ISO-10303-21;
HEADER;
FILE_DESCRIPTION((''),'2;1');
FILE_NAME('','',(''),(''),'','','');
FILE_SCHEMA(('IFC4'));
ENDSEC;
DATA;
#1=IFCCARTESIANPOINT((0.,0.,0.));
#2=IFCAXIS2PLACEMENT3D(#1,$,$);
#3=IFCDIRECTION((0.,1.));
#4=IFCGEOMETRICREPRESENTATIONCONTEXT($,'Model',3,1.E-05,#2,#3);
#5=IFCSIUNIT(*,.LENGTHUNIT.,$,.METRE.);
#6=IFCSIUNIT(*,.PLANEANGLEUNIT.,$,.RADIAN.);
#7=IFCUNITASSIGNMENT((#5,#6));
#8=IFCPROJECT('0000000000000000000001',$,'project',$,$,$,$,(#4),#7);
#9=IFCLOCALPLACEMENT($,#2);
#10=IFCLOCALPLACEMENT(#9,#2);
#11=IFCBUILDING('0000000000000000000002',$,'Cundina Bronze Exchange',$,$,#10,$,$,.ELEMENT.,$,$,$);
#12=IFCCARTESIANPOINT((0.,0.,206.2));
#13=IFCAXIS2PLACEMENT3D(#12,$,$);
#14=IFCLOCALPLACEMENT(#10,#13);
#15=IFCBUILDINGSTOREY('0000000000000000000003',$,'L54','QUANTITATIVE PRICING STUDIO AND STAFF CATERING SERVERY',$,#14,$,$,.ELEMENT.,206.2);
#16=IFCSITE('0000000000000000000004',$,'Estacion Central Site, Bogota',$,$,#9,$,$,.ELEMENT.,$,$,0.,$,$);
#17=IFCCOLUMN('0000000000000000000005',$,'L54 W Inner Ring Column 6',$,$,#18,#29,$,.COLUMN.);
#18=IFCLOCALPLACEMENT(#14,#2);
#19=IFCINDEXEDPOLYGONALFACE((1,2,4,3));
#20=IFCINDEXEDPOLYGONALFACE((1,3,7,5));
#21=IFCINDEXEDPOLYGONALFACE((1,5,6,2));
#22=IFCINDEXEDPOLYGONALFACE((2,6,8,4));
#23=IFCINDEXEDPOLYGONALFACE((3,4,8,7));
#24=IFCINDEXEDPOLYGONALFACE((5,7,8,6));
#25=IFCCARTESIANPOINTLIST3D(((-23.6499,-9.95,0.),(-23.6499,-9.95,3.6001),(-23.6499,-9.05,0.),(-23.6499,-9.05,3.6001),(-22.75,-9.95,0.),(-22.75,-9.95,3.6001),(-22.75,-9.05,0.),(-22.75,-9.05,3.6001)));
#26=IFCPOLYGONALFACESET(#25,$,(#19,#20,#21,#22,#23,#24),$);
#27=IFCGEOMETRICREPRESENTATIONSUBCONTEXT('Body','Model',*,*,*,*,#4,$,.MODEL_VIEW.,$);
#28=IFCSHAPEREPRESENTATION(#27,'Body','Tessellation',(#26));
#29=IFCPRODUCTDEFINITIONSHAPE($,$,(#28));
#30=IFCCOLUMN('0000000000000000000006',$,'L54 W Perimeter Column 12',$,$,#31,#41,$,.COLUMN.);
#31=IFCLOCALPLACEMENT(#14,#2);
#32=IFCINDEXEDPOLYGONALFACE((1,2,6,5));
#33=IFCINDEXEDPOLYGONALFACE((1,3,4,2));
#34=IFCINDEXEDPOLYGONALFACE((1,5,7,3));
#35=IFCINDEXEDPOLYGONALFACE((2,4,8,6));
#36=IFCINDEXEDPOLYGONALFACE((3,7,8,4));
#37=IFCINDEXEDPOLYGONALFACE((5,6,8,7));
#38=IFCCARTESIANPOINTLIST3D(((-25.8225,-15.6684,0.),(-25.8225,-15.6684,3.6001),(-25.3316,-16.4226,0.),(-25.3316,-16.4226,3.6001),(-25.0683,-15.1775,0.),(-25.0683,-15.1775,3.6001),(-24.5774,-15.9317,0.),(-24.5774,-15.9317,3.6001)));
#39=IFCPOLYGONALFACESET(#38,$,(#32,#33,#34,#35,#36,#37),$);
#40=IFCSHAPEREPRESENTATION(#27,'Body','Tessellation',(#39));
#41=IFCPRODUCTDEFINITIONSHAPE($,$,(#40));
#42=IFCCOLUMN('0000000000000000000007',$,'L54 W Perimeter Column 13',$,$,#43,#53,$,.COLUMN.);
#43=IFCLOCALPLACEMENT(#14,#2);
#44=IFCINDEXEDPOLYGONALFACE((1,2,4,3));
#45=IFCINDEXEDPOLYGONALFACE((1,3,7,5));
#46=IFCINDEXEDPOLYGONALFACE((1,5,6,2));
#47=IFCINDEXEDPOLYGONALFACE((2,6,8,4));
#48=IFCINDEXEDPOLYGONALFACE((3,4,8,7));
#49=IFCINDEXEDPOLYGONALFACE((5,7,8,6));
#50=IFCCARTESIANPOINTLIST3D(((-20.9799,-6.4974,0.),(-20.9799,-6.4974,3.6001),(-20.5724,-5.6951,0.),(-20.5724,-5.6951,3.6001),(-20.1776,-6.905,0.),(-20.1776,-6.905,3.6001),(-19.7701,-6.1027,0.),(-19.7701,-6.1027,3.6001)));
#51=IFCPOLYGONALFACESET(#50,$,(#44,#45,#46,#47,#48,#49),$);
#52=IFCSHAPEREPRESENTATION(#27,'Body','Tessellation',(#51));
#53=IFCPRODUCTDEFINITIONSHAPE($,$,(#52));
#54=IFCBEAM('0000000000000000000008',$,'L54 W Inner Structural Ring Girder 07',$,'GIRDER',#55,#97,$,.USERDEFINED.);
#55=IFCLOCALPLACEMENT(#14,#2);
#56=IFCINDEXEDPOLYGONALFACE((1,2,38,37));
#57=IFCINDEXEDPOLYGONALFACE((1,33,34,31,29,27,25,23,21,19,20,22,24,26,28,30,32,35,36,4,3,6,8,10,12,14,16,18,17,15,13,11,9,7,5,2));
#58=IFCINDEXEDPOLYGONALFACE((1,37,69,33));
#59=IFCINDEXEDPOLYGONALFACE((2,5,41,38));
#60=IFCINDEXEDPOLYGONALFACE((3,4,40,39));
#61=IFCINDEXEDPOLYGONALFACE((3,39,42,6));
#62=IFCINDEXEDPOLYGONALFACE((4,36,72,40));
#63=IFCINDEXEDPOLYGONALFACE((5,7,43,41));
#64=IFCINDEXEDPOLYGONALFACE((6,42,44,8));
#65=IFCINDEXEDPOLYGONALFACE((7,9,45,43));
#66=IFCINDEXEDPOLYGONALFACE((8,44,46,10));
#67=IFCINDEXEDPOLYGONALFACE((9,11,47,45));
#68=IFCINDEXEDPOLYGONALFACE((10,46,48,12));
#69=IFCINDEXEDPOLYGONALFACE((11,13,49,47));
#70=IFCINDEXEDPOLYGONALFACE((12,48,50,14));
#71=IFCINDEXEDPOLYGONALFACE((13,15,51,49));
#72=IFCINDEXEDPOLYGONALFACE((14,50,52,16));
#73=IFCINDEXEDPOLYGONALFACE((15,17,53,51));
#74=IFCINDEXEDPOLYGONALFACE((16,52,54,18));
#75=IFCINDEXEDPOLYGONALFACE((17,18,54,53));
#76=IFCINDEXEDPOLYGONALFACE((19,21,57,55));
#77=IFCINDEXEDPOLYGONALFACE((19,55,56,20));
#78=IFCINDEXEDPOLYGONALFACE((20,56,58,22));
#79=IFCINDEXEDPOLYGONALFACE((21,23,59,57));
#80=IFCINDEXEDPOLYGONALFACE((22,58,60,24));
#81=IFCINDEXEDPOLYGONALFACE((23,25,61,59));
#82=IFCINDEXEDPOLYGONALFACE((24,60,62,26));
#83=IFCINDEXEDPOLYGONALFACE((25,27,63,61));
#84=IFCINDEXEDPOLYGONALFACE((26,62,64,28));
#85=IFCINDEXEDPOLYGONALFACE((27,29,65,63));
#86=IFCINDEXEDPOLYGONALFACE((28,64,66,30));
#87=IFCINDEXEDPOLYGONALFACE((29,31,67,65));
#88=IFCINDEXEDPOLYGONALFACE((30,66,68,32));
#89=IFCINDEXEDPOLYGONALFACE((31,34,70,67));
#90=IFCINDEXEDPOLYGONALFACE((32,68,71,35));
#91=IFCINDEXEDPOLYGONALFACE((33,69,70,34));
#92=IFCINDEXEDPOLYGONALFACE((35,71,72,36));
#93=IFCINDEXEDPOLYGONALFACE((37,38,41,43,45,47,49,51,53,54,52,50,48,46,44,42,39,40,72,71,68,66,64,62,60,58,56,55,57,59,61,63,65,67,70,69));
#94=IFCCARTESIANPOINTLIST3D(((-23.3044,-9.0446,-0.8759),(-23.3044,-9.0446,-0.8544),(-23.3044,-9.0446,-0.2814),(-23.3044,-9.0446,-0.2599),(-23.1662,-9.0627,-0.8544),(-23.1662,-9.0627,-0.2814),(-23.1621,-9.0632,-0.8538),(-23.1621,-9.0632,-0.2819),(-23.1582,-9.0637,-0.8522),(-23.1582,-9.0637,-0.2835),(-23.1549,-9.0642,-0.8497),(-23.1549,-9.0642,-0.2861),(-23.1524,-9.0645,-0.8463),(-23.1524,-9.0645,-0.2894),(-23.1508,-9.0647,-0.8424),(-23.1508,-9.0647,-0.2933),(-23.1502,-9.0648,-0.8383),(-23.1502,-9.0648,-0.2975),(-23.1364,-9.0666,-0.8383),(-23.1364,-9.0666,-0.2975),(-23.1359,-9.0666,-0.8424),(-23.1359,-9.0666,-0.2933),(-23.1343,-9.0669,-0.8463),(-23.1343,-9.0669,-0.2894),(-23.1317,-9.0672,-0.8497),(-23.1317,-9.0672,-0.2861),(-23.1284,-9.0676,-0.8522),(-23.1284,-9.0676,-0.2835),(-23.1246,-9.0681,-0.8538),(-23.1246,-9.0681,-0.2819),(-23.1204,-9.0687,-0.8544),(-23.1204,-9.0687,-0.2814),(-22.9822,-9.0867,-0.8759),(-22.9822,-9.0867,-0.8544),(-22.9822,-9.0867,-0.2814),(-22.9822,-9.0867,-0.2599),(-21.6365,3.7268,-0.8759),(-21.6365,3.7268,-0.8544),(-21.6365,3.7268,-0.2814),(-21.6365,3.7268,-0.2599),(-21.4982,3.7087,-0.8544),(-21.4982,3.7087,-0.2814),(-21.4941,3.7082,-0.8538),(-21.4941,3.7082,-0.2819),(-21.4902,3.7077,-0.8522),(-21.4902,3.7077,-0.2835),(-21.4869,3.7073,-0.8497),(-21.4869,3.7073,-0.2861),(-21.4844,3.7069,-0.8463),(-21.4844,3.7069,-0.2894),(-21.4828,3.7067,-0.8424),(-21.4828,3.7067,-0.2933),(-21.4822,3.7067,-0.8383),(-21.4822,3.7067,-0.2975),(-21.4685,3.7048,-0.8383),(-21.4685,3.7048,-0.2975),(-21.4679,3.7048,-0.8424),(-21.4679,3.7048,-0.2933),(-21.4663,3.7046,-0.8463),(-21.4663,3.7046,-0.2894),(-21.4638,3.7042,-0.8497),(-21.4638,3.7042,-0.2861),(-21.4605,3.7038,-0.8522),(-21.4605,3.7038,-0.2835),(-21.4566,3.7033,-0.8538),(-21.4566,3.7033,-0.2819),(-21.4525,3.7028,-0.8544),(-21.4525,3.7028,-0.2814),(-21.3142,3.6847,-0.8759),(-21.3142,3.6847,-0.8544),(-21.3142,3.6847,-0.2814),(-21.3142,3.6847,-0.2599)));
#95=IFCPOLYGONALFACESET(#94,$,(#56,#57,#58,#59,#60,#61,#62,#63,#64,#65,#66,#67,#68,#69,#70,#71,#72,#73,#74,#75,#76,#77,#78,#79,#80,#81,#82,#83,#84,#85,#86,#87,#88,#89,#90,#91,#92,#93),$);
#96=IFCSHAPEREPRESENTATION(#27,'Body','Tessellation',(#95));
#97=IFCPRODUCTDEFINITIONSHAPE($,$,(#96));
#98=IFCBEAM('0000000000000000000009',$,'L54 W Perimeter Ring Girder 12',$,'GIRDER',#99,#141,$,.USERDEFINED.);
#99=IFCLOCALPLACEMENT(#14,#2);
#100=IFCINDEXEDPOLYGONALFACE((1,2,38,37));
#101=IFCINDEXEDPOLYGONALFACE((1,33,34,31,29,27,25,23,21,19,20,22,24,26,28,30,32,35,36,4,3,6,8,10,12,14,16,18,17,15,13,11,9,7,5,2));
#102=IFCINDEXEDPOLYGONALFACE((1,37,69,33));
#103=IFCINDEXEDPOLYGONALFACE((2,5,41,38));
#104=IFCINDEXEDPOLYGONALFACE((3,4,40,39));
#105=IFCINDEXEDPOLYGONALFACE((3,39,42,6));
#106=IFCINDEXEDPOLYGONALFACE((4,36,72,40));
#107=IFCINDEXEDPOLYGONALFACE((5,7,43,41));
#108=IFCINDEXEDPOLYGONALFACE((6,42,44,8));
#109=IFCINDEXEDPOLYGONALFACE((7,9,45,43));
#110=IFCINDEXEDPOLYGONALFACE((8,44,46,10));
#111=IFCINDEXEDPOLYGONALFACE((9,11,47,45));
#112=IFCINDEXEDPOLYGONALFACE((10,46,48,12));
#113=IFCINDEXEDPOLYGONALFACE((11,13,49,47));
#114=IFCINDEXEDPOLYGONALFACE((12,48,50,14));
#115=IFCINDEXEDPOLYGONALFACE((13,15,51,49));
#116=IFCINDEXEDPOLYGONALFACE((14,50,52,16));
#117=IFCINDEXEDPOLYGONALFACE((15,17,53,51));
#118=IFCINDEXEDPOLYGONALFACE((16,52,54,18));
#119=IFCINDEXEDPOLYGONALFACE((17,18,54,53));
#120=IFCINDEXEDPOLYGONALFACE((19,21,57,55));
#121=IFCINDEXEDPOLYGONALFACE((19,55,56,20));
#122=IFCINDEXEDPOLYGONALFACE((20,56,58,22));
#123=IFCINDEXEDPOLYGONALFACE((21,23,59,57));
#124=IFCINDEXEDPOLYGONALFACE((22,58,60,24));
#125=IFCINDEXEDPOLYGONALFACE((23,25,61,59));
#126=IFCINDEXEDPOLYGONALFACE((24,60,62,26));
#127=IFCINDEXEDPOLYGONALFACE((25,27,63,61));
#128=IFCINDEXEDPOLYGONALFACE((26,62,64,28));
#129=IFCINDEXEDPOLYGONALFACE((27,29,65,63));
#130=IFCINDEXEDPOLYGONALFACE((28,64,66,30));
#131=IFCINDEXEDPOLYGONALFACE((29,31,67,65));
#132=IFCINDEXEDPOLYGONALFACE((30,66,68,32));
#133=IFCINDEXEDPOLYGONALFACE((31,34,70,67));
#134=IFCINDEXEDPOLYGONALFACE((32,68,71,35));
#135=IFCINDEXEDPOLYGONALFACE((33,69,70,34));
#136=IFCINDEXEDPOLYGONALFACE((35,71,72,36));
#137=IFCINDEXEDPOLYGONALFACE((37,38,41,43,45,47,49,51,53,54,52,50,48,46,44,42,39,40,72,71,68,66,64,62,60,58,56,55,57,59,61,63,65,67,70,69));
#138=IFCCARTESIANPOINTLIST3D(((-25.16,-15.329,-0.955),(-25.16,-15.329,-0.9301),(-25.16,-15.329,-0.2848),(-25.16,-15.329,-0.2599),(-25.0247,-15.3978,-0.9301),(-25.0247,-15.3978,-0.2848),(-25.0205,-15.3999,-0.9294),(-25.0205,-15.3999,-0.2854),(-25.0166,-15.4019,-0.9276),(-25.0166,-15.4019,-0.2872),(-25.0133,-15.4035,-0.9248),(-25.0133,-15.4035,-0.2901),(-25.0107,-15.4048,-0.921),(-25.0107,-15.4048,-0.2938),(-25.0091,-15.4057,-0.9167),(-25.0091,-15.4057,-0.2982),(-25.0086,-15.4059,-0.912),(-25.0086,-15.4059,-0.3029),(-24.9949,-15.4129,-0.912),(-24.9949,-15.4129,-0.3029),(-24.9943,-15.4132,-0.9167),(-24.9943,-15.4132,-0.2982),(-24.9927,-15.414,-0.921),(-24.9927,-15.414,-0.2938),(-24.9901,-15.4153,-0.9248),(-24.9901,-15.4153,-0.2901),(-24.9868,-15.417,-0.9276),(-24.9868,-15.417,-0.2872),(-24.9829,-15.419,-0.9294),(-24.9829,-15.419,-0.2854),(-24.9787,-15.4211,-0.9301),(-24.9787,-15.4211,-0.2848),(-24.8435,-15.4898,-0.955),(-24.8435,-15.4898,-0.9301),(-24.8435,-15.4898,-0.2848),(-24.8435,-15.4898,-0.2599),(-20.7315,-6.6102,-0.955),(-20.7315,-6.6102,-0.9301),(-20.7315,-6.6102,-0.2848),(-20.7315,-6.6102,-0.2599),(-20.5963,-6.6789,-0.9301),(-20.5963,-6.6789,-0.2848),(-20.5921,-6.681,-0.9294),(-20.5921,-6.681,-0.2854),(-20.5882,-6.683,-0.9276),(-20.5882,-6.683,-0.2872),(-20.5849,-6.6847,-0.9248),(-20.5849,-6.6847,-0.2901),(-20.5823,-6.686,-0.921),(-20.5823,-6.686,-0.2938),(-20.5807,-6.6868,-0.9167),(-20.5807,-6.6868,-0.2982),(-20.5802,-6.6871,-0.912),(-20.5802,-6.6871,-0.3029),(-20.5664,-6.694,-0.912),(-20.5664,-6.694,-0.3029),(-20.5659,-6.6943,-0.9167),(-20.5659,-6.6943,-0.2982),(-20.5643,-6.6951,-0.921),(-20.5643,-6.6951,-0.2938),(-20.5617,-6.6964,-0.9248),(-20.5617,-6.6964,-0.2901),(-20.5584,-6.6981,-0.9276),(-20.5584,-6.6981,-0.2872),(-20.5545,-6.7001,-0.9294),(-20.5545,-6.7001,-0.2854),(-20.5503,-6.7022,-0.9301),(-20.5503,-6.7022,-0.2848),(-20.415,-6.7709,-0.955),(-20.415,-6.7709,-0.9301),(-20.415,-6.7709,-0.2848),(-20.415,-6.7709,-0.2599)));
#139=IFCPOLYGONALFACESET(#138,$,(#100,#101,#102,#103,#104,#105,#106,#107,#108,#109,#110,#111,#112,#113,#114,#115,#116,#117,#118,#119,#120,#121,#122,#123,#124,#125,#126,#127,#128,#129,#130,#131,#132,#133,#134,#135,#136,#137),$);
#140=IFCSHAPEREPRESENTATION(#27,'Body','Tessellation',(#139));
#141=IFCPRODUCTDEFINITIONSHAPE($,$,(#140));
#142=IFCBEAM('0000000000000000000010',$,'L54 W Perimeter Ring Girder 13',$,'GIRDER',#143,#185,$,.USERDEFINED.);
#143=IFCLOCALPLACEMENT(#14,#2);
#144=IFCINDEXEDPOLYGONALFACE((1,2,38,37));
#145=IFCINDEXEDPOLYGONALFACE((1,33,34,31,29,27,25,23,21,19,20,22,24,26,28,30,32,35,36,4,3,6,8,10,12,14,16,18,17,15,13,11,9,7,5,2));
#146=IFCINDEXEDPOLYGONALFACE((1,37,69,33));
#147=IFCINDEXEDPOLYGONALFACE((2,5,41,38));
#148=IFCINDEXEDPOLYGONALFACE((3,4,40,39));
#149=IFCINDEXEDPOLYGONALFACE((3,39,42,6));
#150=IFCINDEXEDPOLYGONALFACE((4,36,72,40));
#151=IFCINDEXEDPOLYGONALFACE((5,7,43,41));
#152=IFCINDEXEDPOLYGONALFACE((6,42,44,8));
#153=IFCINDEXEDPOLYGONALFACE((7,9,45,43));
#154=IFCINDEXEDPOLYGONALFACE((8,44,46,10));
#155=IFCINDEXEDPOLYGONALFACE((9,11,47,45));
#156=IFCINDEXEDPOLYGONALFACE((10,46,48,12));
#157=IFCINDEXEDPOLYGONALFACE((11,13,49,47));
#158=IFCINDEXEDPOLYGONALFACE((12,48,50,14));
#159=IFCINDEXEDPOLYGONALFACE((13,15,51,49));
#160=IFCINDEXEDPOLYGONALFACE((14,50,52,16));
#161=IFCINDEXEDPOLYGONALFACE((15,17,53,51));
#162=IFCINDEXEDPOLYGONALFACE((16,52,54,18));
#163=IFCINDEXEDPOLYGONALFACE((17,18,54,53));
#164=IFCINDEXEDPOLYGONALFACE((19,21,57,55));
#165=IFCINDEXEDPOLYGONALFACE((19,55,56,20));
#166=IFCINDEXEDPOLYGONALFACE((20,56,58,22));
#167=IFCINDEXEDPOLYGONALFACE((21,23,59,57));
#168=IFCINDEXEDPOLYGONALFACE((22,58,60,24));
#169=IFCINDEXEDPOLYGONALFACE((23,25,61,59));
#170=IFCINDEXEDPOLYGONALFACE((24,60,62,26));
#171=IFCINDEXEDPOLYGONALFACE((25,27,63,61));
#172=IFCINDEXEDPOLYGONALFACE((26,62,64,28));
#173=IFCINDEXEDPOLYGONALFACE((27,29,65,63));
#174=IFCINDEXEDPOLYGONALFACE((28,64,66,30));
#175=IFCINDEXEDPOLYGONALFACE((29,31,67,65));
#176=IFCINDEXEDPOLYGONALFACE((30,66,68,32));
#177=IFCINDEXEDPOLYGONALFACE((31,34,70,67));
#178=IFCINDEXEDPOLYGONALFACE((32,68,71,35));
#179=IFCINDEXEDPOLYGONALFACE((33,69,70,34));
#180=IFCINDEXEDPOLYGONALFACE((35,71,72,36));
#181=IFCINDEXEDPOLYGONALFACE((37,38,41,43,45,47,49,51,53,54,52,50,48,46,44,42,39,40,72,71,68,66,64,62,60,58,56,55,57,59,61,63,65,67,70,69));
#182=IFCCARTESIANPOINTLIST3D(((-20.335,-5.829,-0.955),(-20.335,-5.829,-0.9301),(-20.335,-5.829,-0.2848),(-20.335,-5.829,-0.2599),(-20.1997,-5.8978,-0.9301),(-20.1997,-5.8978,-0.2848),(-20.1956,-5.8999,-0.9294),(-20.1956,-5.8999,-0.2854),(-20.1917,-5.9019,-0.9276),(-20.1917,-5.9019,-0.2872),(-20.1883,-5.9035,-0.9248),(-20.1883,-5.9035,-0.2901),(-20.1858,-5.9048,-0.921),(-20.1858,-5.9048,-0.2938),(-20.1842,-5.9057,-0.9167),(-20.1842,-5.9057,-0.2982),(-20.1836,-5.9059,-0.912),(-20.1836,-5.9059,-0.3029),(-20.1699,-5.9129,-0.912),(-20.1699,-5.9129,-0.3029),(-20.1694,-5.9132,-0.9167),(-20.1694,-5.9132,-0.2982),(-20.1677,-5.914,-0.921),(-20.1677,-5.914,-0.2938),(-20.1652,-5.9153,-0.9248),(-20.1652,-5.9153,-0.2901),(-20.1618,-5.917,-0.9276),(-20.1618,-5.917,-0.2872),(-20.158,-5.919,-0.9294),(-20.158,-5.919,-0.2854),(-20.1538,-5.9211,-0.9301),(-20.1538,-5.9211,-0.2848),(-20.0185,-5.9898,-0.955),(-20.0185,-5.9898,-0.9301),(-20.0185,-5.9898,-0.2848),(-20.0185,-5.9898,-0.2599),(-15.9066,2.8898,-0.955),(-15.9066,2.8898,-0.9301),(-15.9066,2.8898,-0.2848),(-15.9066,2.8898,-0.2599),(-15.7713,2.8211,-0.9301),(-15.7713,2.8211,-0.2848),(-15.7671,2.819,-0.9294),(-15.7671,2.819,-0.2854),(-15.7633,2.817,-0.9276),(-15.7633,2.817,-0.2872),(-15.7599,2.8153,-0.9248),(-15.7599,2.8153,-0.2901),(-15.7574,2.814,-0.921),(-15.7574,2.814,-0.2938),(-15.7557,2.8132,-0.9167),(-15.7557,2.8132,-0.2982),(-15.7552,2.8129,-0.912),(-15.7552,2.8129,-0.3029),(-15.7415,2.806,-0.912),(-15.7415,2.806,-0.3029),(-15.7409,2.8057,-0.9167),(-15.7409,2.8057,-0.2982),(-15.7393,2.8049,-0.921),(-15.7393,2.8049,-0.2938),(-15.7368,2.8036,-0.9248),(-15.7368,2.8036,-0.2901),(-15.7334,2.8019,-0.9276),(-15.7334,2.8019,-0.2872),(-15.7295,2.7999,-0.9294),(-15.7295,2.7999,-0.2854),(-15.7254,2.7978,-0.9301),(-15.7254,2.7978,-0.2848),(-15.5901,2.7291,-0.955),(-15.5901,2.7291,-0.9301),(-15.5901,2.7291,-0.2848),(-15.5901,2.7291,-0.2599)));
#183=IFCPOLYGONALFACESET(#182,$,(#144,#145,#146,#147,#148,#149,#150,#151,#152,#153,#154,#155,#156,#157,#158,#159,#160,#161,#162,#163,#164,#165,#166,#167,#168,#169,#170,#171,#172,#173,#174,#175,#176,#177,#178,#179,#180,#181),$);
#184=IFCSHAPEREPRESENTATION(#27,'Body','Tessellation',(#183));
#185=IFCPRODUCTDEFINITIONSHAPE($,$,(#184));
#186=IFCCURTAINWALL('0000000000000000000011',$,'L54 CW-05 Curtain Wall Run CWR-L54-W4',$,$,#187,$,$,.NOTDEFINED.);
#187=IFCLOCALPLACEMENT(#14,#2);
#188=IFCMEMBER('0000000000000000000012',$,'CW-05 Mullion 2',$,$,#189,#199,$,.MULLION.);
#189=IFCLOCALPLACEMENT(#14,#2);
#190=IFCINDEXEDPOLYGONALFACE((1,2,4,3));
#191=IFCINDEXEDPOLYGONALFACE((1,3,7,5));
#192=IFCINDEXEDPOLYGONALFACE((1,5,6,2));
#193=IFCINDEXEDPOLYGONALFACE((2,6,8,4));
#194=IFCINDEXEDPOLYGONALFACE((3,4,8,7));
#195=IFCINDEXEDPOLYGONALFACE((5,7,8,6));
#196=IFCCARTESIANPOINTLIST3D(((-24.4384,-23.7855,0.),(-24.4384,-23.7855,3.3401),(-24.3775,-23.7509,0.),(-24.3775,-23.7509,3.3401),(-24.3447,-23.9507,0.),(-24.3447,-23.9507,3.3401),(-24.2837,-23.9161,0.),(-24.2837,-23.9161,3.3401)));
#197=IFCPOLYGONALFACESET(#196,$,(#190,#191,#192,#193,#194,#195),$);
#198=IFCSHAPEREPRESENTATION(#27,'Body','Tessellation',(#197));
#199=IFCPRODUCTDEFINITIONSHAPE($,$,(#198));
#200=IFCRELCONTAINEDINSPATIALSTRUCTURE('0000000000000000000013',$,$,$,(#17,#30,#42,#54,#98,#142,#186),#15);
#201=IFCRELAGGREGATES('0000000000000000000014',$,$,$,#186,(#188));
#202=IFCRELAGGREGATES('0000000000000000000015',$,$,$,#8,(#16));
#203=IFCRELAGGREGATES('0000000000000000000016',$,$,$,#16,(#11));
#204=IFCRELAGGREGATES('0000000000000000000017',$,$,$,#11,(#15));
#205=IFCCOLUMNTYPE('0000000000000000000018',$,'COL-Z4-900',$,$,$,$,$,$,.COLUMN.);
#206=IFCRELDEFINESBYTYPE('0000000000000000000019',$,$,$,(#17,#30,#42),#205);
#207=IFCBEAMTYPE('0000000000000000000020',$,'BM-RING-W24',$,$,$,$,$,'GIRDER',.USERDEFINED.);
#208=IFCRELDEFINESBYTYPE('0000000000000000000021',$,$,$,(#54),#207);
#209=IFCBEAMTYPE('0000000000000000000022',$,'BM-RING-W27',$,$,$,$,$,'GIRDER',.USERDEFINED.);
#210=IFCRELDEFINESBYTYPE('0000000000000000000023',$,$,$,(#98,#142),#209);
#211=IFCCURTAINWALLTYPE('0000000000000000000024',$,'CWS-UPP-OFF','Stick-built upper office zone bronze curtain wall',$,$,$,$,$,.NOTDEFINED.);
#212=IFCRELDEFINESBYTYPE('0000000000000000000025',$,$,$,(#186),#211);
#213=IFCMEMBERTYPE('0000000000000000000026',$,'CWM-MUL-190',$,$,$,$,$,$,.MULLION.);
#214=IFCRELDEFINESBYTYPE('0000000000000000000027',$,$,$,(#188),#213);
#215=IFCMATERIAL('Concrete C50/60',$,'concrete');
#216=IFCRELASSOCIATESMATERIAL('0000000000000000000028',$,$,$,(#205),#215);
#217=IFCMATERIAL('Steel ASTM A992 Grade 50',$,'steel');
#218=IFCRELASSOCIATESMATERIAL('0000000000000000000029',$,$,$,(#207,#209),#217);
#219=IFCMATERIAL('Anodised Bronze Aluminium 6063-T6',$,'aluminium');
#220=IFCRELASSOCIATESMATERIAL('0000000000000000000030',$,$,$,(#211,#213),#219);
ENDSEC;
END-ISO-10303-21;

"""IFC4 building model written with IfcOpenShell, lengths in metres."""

from ifc_helpers import new_model, si_unit, direction, frame, origin, origin_2d, place, context, subcontext, project, spatial, rectangle, i_section, extrude, material, material_profile, profile_set, type_object, element, aggregate, save


model = new_model("IFC4")

# Units and contexts
model_context = context("Model", 3, precision=1e-05, world=origin(), true_north=direction((0.0, 1.0)))
body_context = subcontext(model_context, "Body", "Model", "MODEL_VIEW")
ifc_project = project(units=[si_unit("LENGTHUNIT", "METRE"), si_unit("PLANEANGLEUNIT", "RADIAN")], contexts=[model_context])

# Site, building, storey
site_placement = place(None, origin())
site = spatial("IfcSite", under=ifc_project, at=site_placement, Name="Estacion Central Site, Bogota", CompositionType="ELEMENT", RefElevation=0.0)
building_placement = place(site_placement, origin())
building = spatial("IfcBuilding", under=site, at=building_placement, Name="Cundina Bronze Exchange", CompositionType="ELEMENT")
storey_placement = place(building_placement, frame((0.0, 0.0, 206.2)))
storey = spatial("IfcBuildingStorey", under=building, at=storey_placement, Name="L54", Description="QUANTITATIVE PRICING STUDIO AND STAFF CATERING SERVERY", CompositionType="ELEMENT", Elevation=206.2)

# Columns
ifc_material_1 = material(Name="Concrete C50/60", Category="concrete")
ifc_material_profile_1 = material_profile(ifc_material_1, rectangle(XDim=0.8999, YDim=0.8999, at=origin_2d()), Name="RC900X900", Category="concrete")
ifc_profile_set_1 = profile_set([ifc_material_profile_1], Name="Concrete C50/60")
column_type = type_object("IfcColumnType", Name="COL-Z4-900", PredefinedType="COLUMN", material=ifc_profile_set_1)
for number, where, z_axis, x_axis, name in (
    (1, (-23.2, -9.5, 0.0), (0.0, 0.0, 1.0), (1.0, 0.0, 0.0), "L54 W Inner Ring Column 6"),
    (2, (-25.2, -15.8, 0.0), (0.0, 0.0, 1.0), (0.8381, 0.545517, 0.0), "L54 W Perimeter Column 12"),
    (3, (-20.375, -6.3, 0.0), (0.0, 0.0, 1.0), (0.452902, 0.891561, 0.0), "L54 W Perimeter Column 13"),
):
    element("IfcColumn", number, at=place(storey_placement, frame(where, z_axis=z_axis, x_axis=x_axis)), inside=storey, type_object=column_type, Name=name, PredefinedType="COLUMN", context=body_context, shape_type="SweptSolid", body=[
        extrude(rectangle(XDim=0.8999, YDim=0.8999, at=origin_2d()), origin(), (0.0, 0.0, 1.0), 3.6001),
    ])

# Beams
ifc_material_2 = material(Name="Steel ASTM A992 Grade 50", Category="steel")
ifc_material_profile_2 = material_profile(ifc_material_2, i_section(OverallWidth=0.325, OverallDepth=0.616, WebThickness=0.0139, FlangeThickness=0.0215, FilletRadius=0.0161, at=origin_2d()), Name="W24X117", Category="steel")
ifc_profile_set_2 = profile_set([ifc_material_profile_2], Name="Steel ASTM A992 Grade 50")
beam_type_1 = type_object("IfcBeamType", Name="BM-RING-W24", ElementType="GIRDER", PredefinedType="USERDEFINED", material=ifc_profile_set_2)
beam_placement = place(storey_placement, frame((-23.1433, -9.0657, -0.5679), z_axis=(0.129501, 0.991579, 0.0), x_axis=(-0.991579, 0.129501, 0.0)))
element("IfcBeam", 4, at=beam_placement, inside=storey, type_object=beam_type_1, Name="L54 W Inner Structural Ring Girder 07", ObjectType="GIRDER", PredefinedType="USERDEFINED", context=body_context, shape_type="SweptSolid", body=[
    extrude(i_section(OverallWidth=0.325, OverallDepth=0.616, WebThickness=0.0139, FlangeThickness=0.0215, FilletRadius=0.0161, at=origin_2d()), origin(), (0.0, 0.0, 1.0), 12.8799),
])
ifc_material_profile_3 = material_profile(ifc_material_2, i_section(OverallWidth=0.355, OverallDepth=0.6951, WebThickness=0.0154, FlangeThickness=0.0249, FilletRadius=0.0181, at=origin_2d()), Name="W27X146", Category="steel")
ifc_profile_set_3 = profile_set([ifc_material_profile_3], Name="Steel ASTM A992 Grade 50")
beam_type_2 = type_object("IfcBeamType", Name="BM-RING-W27", ElementType="GIRDER", PredefinedType="USERDEFINED", material=ifc_profile_set_3)
for number, where, z_axis, x_axis, name in (
    (5, (-25.0017, -15.4094, -0.6074), (0.452847, 0.891588, 0.0), (-0.891588, 0.452847, 0.0), "L54 W Perimeter Ring Girder 12"),
    (6, (-20.1768, -5.9094, -0.6074), (0.452847, 0.891588, 0.0), (-0.891588, 0.452847, 0.0), "L54 W Perimeter Ring Girder 13"),
):
    element("IfcBeam", number, at=place(storey_placement, frame(where, z_axis=z_axis, x_axis=x_axis)), inside=storey, type_object=beam_type_2, Name=name, ObjectType="GIRDER", PredefinedType="USERDEFINED", context=body_context, shape_type="SweptSolid", body=[
        extrude(i_section(OverallWidth=0.355, OverallDepth=0.6951, WebThickness=0.0154, FlangeThickness=0.0249, FilletRadius=0.0181, at=origin_2d()), origin(), (0.0, 0.0, 1.0), 9.7791),
    ])

# Curtain wall, member
ifc_material_3 = material(Name="Anodised Bronze Aluminium 6063-T6", Category="aluminium")
curtain_wall_type = type_object("IfcCurtainWallType", Name="CWS-UPP-OFF", Description="Stick-built upper office zone bronze curtain wall", PredefinedType="NOTDEFINED", material=ifc_material_3)
curtain_wall_placement = place(storey_placement, origin())
curtain_wall = element("IfcCurtainWall", 7, at=curtain_wall_placement, inside=storey, type_object=curtain_wall_type, Name="L54 CW-05 Curtain Wall Run CWR-L54-W4", PredefinedType="NOTDEFINED")
ifc_material_profile_4 = material_profile(ifc_material_3, rectangle(XDim=0.0701, YDim=0.1899, at=origin_2d()), Name="AL70X190", Category="aluminium")
ifc_profile_set_4 = profile_set([ifc_material_profile_4], Name="Anodised Bronze Aluminium 6063-T6")
member_type_1 = type_object("IfcMemberType", Name="CWM-MUL-190", PredefinedType="MULLION", material=ifc_profile_set_4)
member_1_placement = place(storey_placement, frame((-24.3611, -23.8508, 0.0), z_axis=(0.0, 0.0, 1.0), x_axis=(0.869581, 0.49379, 0.0)))
member_1 = element("IfcMember", 8, at=member_1_placement, type_object=member_type_1, Name="CW-05 Mullion 2", PredefinedType="MULLION", context=body_context, shape_type="SweptSolid", body=[
    extrude(rectangle(XDim=0.0701, YDim=0.1899, at=origin_2d()), origin(), (0.0, 0.0, 1.0), 3.3401),
])
aggregate(curtain_wall, [member_1])

save(model, "model.ifc")
